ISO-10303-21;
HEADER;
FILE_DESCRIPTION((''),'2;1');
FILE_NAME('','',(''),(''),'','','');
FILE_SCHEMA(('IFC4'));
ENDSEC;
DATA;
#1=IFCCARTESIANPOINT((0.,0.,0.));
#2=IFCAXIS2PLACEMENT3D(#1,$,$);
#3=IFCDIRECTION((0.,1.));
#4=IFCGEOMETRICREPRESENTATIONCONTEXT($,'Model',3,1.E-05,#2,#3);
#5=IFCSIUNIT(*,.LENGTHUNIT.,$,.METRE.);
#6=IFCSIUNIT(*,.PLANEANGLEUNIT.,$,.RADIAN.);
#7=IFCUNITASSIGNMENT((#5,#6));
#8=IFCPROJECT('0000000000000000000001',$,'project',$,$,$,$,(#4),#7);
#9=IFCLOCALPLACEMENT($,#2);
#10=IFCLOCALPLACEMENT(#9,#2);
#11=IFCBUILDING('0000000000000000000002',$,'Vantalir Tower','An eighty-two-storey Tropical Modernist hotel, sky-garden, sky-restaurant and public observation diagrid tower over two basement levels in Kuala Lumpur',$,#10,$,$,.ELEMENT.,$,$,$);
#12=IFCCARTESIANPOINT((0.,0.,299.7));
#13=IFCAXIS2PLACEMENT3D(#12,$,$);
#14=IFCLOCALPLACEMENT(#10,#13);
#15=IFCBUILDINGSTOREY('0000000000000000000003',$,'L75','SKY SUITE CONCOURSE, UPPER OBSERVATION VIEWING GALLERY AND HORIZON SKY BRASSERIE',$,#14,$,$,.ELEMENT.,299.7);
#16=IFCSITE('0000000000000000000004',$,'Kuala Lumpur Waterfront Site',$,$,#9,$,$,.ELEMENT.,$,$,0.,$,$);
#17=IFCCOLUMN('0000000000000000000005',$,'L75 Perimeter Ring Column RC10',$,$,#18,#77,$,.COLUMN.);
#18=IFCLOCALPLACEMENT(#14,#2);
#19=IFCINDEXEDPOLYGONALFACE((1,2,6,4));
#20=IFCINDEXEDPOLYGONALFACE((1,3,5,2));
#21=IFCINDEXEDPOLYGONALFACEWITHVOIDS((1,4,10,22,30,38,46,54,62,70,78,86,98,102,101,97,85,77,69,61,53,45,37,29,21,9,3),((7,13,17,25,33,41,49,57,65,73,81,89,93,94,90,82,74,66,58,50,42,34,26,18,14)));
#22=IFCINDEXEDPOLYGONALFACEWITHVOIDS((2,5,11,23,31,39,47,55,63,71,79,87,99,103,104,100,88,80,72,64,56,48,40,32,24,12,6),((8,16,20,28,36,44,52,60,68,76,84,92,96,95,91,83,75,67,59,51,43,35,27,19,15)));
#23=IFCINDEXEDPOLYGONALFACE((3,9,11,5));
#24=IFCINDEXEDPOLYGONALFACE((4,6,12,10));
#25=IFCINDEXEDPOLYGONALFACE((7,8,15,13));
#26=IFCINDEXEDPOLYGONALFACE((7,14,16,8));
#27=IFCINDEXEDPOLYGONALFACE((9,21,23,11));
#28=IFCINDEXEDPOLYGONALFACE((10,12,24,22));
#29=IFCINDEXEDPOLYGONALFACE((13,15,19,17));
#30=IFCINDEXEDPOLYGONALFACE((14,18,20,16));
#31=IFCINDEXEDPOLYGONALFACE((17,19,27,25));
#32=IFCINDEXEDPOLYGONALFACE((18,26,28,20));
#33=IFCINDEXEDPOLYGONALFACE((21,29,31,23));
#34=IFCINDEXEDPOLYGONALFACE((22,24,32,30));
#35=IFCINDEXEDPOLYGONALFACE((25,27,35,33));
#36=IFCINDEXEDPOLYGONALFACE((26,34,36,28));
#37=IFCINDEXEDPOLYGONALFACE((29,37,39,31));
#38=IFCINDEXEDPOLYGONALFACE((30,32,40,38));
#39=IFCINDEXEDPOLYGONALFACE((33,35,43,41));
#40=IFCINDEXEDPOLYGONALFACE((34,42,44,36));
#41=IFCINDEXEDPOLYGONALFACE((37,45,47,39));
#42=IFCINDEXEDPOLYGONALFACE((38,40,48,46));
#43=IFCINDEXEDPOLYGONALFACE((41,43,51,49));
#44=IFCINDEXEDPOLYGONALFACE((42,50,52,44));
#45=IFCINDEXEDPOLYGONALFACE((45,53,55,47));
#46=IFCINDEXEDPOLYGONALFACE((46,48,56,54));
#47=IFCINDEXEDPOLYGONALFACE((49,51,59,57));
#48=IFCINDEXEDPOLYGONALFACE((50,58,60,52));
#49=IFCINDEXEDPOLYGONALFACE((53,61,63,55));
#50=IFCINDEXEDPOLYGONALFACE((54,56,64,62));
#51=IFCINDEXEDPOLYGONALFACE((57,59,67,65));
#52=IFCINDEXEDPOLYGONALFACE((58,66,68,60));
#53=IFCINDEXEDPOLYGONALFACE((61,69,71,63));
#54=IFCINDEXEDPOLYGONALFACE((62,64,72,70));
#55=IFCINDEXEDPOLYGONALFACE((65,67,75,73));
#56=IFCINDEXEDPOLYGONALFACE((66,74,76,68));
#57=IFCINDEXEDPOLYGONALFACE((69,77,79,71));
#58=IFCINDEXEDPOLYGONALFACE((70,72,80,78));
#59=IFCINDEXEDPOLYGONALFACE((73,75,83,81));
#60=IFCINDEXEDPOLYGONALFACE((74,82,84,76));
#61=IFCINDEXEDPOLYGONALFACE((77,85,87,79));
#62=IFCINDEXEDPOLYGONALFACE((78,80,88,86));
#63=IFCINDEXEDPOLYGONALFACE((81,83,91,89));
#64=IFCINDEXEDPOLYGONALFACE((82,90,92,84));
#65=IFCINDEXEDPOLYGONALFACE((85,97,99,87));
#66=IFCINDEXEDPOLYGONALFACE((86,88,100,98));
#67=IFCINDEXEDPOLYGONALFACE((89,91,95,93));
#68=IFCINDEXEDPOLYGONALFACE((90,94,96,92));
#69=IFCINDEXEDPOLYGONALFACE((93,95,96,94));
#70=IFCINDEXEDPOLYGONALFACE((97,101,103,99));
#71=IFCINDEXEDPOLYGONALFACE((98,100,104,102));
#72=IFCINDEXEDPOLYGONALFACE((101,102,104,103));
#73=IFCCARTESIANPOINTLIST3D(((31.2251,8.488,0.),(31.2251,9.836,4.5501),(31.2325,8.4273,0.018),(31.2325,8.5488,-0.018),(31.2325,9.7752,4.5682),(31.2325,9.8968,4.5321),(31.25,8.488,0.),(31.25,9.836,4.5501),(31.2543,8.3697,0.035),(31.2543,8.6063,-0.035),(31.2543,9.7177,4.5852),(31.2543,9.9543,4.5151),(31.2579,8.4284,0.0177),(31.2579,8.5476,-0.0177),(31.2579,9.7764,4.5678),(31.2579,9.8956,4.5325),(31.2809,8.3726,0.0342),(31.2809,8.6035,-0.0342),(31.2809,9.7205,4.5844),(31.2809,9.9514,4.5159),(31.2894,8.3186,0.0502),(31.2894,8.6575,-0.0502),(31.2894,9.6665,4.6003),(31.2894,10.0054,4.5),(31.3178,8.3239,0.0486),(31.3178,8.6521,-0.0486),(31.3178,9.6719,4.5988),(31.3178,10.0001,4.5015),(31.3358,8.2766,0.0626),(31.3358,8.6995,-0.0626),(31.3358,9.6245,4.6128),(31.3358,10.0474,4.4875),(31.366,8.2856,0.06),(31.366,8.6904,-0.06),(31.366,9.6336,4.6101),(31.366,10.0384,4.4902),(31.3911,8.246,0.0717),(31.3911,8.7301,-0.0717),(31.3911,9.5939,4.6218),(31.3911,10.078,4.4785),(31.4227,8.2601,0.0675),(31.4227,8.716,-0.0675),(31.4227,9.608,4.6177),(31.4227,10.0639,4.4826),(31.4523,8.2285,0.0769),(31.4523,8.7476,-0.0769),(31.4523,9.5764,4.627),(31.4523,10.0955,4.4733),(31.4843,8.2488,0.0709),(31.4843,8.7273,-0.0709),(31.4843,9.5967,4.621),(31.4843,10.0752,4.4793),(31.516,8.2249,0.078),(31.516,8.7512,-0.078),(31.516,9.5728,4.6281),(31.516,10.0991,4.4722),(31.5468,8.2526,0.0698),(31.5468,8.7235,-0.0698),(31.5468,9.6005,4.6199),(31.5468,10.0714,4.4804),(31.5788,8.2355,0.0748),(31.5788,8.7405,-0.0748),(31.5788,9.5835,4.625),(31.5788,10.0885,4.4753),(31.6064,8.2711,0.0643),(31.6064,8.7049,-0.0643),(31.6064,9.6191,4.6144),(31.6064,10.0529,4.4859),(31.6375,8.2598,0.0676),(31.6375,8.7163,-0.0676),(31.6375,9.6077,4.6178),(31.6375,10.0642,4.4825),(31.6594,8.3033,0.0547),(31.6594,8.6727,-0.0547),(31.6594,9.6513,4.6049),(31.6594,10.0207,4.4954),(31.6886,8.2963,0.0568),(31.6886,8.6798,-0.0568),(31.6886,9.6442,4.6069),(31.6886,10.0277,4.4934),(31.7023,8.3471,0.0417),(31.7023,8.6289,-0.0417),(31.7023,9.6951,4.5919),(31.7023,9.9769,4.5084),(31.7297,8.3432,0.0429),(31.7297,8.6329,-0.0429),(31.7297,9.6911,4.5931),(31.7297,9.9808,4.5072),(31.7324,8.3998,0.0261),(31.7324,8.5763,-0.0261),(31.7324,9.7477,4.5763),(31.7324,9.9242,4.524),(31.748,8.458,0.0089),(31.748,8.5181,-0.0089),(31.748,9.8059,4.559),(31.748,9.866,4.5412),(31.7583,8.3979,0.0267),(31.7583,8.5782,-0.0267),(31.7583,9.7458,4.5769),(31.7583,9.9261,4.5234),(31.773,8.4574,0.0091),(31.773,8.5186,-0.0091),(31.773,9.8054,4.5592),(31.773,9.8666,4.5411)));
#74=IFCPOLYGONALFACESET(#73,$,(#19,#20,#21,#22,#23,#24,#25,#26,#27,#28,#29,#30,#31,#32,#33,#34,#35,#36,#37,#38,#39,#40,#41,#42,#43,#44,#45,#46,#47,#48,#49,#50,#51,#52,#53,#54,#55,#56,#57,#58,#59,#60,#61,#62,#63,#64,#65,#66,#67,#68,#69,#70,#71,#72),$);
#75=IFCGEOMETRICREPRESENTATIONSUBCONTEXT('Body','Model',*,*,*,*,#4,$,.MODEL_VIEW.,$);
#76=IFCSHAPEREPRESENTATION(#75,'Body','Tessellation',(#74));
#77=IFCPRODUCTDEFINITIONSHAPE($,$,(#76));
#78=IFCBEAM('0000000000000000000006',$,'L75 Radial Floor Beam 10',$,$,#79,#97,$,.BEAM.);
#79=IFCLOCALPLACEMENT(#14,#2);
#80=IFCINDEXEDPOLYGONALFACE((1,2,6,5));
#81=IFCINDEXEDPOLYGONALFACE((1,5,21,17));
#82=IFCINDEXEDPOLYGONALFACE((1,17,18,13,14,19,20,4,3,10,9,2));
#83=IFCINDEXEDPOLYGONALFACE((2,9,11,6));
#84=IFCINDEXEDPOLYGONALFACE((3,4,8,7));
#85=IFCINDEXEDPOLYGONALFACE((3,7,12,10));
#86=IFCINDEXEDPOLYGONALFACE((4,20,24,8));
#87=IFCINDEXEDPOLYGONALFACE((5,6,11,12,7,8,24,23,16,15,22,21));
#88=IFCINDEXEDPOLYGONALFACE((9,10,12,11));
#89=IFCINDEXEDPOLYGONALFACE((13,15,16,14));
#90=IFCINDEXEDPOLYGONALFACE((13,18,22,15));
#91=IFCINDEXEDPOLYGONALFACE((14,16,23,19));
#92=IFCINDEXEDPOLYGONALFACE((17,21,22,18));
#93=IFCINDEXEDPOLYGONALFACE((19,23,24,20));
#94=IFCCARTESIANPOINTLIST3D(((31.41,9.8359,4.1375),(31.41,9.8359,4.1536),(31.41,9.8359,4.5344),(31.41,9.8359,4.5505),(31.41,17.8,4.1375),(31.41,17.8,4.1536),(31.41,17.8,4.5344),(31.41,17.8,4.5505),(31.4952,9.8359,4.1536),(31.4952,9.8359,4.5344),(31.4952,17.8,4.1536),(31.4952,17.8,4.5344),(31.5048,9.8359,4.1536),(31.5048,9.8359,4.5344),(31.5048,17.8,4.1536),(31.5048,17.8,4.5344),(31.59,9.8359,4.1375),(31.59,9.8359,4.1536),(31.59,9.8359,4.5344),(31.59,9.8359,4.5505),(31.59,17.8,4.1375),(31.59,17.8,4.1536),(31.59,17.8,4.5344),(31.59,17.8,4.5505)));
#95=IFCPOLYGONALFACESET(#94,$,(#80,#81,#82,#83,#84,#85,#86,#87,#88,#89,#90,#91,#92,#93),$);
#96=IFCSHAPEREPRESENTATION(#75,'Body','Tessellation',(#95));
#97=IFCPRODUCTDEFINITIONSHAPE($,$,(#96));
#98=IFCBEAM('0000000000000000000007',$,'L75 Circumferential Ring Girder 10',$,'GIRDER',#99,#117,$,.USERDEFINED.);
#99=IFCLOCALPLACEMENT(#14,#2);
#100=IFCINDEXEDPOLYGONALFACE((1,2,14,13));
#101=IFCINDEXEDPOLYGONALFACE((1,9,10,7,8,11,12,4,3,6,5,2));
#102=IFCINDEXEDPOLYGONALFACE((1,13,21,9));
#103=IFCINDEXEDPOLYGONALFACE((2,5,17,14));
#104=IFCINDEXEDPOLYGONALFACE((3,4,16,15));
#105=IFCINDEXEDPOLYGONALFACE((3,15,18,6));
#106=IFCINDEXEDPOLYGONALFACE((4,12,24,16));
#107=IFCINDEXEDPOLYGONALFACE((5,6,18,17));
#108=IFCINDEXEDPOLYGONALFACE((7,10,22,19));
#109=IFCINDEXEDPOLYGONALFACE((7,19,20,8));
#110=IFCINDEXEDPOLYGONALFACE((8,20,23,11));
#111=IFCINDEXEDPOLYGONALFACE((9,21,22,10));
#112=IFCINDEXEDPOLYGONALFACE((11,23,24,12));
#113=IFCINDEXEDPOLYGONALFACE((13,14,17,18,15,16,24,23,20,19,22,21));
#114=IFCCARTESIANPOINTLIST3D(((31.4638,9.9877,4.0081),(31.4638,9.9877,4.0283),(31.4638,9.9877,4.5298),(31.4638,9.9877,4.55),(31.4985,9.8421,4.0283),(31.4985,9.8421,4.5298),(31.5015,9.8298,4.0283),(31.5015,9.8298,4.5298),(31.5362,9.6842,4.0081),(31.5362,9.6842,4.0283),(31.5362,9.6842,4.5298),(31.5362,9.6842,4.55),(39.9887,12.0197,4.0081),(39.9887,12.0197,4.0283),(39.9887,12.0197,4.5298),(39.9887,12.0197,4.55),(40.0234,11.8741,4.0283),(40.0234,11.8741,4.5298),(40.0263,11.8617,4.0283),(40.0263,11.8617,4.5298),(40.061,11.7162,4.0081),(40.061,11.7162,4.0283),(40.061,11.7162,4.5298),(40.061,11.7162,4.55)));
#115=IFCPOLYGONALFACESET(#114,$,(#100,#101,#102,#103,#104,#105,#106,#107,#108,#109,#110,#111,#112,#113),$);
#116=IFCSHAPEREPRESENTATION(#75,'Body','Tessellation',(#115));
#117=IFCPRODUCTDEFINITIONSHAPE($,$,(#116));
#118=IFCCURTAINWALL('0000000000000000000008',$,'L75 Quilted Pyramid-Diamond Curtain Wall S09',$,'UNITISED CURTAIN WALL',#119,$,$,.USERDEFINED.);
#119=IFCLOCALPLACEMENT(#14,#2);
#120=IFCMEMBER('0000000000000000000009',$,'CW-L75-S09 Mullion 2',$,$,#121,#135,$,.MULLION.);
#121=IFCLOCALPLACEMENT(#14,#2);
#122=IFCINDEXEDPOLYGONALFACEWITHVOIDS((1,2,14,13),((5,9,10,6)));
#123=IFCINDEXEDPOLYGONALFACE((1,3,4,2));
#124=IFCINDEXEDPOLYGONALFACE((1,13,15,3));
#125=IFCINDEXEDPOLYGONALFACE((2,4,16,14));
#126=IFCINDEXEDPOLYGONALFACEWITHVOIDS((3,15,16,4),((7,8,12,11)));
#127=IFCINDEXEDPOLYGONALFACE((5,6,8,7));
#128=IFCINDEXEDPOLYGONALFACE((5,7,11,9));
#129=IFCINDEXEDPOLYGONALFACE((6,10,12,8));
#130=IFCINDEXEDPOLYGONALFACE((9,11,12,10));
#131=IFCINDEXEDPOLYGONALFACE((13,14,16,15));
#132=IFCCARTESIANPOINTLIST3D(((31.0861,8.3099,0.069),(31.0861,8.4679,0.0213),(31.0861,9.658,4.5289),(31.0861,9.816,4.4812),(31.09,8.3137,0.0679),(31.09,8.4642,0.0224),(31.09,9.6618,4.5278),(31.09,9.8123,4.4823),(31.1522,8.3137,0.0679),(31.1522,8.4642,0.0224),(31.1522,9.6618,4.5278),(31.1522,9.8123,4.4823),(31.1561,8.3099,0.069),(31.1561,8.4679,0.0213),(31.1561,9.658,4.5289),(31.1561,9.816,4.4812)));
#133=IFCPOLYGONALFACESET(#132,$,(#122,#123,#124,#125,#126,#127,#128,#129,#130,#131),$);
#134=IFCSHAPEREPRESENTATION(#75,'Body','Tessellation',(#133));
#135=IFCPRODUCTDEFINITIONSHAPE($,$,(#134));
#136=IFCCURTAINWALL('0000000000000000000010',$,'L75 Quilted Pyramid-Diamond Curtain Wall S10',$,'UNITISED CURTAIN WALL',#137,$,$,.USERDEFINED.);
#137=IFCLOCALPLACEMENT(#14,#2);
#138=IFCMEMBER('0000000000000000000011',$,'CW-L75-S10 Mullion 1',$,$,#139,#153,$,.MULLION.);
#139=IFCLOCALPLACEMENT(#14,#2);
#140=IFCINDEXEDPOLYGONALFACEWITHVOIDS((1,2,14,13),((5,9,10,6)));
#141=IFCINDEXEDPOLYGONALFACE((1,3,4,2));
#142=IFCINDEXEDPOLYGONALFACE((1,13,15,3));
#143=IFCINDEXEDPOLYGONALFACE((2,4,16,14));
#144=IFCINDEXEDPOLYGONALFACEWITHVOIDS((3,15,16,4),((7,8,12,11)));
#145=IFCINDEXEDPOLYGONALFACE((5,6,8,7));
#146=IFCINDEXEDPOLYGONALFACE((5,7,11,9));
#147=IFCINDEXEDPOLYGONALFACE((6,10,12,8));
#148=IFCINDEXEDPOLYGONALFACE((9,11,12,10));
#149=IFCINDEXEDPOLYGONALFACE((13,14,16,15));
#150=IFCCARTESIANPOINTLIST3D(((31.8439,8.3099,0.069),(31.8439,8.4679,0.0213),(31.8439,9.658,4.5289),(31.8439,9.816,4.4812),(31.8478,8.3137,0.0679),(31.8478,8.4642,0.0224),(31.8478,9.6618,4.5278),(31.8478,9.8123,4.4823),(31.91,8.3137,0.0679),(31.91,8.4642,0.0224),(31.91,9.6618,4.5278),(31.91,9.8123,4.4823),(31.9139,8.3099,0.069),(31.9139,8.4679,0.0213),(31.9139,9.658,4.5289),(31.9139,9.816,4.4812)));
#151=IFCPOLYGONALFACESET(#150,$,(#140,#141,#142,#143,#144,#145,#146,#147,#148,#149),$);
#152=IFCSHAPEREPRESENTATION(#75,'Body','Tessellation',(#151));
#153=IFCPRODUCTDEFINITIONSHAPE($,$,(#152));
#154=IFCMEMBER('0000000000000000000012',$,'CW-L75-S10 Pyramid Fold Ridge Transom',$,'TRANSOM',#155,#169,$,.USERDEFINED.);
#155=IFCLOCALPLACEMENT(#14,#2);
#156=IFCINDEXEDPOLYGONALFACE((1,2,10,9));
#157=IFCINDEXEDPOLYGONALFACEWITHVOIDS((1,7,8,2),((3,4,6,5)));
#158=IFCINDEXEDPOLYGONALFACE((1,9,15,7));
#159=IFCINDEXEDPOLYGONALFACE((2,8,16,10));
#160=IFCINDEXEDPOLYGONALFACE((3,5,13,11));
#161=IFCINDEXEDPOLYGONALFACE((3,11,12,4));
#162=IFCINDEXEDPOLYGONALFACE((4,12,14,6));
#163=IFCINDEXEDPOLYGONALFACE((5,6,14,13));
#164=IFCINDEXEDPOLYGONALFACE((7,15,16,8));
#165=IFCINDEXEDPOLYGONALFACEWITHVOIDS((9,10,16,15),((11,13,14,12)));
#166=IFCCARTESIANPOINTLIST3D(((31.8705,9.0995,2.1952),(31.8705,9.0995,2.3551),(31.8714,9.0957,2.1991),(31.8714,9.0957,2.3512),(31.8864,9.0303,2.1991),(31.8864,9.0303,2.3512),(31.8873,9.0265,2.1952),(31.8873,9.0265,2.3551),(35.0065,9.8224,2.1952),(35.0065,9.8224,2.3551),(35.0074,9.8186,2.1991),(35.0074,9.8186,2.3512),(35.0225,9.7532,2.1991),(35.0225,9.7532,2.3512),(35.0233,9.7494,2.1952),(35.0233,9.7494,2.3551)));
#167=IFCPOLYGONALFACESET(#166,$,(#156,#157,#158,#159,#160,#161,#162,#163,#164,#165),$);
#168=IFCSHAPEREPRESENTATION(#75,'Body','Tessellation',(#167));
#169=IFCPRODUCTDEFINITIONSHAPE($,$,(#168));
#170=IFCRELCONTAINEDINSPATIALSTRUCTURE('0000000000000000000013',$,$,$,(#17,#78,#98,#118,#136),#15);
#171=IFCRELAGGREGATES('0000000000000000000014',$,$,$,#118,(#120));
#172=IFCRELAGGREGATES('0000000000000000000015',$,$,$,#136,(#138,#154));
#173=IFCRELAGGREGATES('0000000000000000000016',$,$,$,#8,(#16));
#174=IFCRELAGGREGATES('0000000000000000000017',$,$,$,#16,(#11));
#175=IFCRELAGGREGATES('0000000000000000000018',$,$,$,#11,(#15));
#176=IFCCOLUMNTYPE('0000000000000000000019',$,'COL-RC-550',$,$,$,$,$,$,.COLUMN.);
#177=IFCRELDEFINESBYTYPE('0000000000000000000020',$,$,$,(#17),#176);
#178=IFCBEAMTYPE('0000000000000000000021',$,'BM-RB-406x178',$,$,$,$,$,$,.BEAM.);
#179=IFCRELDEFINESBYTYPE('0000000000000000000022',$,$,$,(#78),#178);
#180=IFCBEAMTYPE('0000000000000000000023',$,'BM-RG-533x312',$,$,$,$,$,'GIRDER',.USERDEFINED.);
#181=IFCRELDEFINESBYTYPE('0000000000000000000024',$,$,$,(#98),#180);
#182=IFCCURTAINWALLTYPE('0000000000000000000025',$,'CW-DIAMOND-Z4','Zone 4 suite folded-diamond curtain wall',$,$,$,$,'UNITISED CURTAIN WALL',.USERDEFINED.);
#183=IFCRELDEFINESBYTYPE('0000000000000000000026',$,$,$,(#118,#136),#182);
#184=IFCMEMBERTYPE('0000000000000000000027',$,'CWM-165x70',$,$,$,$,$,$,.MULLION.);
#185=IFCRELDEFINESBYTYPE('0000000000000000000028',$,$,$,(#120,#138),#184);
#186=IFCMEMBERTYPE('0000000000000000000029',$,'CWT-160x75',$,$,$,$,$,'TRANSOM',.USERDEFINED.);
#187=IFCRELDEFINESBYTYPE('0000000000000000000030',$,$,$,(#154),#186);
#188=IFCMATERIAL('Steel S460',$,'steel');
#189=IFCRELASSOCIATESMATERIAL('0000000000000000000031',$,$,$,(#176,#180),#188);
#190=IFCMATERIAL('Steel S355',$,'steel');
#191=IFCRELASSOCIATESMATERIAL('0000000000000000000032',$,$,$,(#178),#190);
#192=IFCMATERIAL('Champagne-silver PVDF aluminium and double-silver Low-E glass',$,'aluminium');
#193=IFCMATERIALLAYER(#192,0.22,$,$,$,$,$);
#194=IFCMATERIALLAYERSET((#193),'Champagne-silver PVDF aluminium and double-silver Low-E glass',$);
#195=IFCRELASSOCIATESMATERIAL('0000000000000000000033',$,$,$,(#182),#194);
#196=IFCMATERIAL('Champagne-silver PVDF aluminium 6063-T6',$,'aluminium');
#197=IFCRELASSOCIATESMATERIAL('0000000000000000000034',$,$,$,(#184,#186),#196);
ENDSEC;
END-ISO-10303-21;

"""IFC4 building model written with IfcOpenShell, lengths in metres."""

from ifc_helpers import new_model, si_unit, direction, frame, origin, origin_2d, place, context, subcontext, project, spatial, hollow_rectangle, hollow_circle, i_section, extrude, material, layer, layer_set, material_profile, profile_set, type_object, element, aggregate, save


model = new_model("IFC4")

# Units and contexts
model_context = context("Model", 3, precision=1e-05, world=origin(), true_north=direction((0.0, 1.0)))
body_context = subcontext(model_context, "Body", "Model", "MODEL_VIEW")
ifc_project = project(units=[si_unit("LENGTHUNIT", "METRE"), si_unit("PLANEANGLEUNIT", "RADIAN")], contexts=[model_context])

# Site, building, storey
site_placement = place(None, origin())
site = spatial("IfcSite", under=ifc_project, at=site_placement, Name="Kuala Lumpur Waterfront Site", CompositionType="ELEMENT", RefElevation=0.0)
building_placement = place(site_placement, origin())
building = spatial("IfcBuilding", under=site, at=building_placement, Name="Vantalir Tower", Description="An eighty-two-storey Tropical Modernist hotel, sky-garden, sky-restaurant and public observation diagrid tower over two basement levels in Kuala Lumpur", CompositionType="ELEMENT")
storey_placement = place(building_placement, frame((0.0, 0.0, 299.7)))
storey = spatial("IfcBuildingStorey", under=building, at=storey_placement, Name="L75", Description="SKY SUITE CONCOURSE, UPPER OBSERVATION VIEWING GALLERY AND HORIZON SKY BRASSERIE", CompositionType="ELEMENT", Elevation=299.7)

# Column
ifc_material_1 = material(Name="Steel S460", Category="steel")
ifc_material_profile_1 = material_profile(ifc_material_1, hollow_circle(Radius=0.2749, WallThickness=0.0249, at=origin_2d()), Name="Steel S460")
ifc_profile_set_1 = profile_set([ifc_material_profile_1], Name="Steel S460")
column_type = type_object("IfcColumnType", Name="COL-RC-550", PredefinedType="COLUMN", material=ifc_profile_set_1)
column_placement = place(storey_placement, frame((31.5, 8.488, 0.0), z_axis=(0.0, 0.284038, 0.958813), x_axis=(-1.0, 0.0, 0.0)))
element("IfcColumn", 1, at=column_placement, inside=storey, type_object=column_type, Name="L75 Perimeter Ring Column RC10", PredefinedType="COLUMN", context=body_context, shape_type="SweptSolid", body=[
    extrude(hollow_circle(Radius=0.2749, WallThickness=0.0249, at=origin_2d()), origin(), (0.0, 0.0, 1.0), 4.7456),
])

# Beams
ifc_material_2 = material(Name="Steel S355", Category="steel")
ifc_material_profile_2 = material_profile(ifc_material_2, i_section(OverallWidth=0.1799, OverallDepth=0.4131, WebThickness=0.0095, FlangeThickness=0.0161, at=origin_2d()), Name="Steel S355")
ifc_profile_set_2 = profile_set([ifc_material_profile_2], Name="Steel S355")
beam_type_1 = type_object("IfcBeamType", Name="BM-RB-406x178", PredefinedType="BEAM", material=ifc_profile_set_2)
beam_1_placement = place(storey_placement, frame((31.5, 9.8359, 4.344), z_axis=(0.0, 1.0, 0.0), x_axis=(-1.0, 0.0, 0.0)))
element("IfcBeam", 2, at=beam_1_placement, inside=storey, type_object=beam_type_1, Name="L75 Radial Floor Beam 10", PredefinedType="BEAM", context=body_context, shape_type="SweptSolid", body=[
    extrude(i_section(OverallWidth=0.1799, OverallDepth=0.4131, WebThickness=0.0095, FlangeThickness=0.0161, at=origin_2d()), origin(), (0.0, 0.0, 1.0), 7.9641),
])
ifc_material_profile_3 = material_profile(ifc_material_1, i_section(OverallWidth=0.312, OverallDepth=0.542, WebThickness=0.0127, FlangeThickness=0.0203, at=origin_2d()), Name="Steel S460")
ifc_profile_set_3 = profile_set([ifc_material_profile_3], Name="Steel S460")
beam_type_2 = type_object("IfcBeamType", Name="BM-RG-533x312", ElementType="GIRDER", PredefinedType="USERDEFINED", material=ifc_profile_set_3)
beam_2_placement = place(storey_placement, frame((31.5, 9.8359, 4.2791), z_axis=(0.972748, 0.231863, 0.0), x_axis=(-0.231863, 0.972748, 0.0)))
element("IfcBeam", 3, at=beam_2_placement, inside=storey, type_object=beam_type_2, Name="L75 Circumferential Ring Girder 10", ObjectType="GIRDER", PredefinedType="USERDEFINED", context=body_context, shape_type="SweptSolid", body=[
    extrude(i_section(OverallWidth=0.312, OverallDepth=0.542, WebThickness=0.0127, FlangeThickness=0.0203, at=origin_2d()), origin(), (0.0, 0.0, 1.0), 8.7637),
])

# Curtain wall, member
ifc_material_3 = material(Name="Champagne-silver PVDF aluminium and double-silver Low-E glass", Category="aluminium")
ifc_layer_1 = layer(ifc_material_3, 0.22)
ifc_layer_set_1 = layer_set([ifc_layer_1], Name="Champagne-silver PVDF aluminium and double-silver Low-E glass")
curtain_wall_type = type_object("IfcCurtainWallType", Name="CW-DIAMOND-Z4", Description="Zone 4 suite folded-diamond curtain wall", ElementType="UNITISED CURTAIN WALL", PredefinedType="USERDEFINED", material=ifc_layer_set_1)
curtain_wall_1_placement = place(storey_placement, origin())
curtain_wall_1 = element("IfcCurtainWall", 4, at=curtain_wall_1_placement, inside=storey, type_object=curtain_wall_type, Name="L75 Quilted Pyramid-Diamond Curtain Wall S09", ObjectType="UNITISED CURTAIN WALL", PredefinedType="USERDEFINED")
ifc_material_4 = material(Name="Champagne-silver PVDF aluminium 6063-T6", Category="aluminium")
ifc_material_profile_4 = material_profile(ifc_material_4, hollow_rectangle(XDim=0.0701, YDim=0.165, WallThickness=0.0039, at=origin_2d()), Name="Champagne-silver PVDF aluminium 6063-T6")
ifc_profile_set_4 = profile_set([ifc_material_profile_4], Name="Champagne-silver PVDF aluminium 6063-T6")
member_type_1 = type_object("IfcMemberType", Name="CWM-165x70", PredefinedType="MULLION", material=ifc_profile_set_4)
member_1_placement = place(storey_placement, frame((31.1211, 8.3889, 0.0452), z_axis=(0.0, 0.289347, 0.957224), x_axis=(-1.0, 0.0, 0.0)))
member_1 = element("IfcMember", 5, at=member_1_placement, type_object=member_type_1, Name="CW-L75-S09 Mullion 2", PredefinedType="MULLION", context=body_context, shape_type="SweptSolid", body=[
    extrude(hollow_rectangle(XDim=0.0701, YDim=0.165, WallThickness=0.0039, at=origin_2d()), origin(), (0.0, 0.0, 1.0), 4.6592),
])
aggregate(curtain_wall_1, [member_1])

# Curtain wall, members
curtain_wall_2_placement = place(storey_placement, origin())
curtain_wall_2 = element("IfcCurtainWall", 6, at=curtain_wall_2_placement, inside=storey, type_object=curtain_wall_type, Name="L75 Quilted Pyramid-Diamond Curtain Wall S10", ObjectType="UNITISED CURTAIN WALL", PredefinedType="USERDEFINED")
member_2_placement = place(storey_placement, frame((31.8789, 8.3889, 0.0452), z_axis=(0.0, 0.289347, 0.957224), x_axis=(-1.0, 0.0, 0.0)))
member_2 = element("IfcMember", 7, at=member_2_placement, type_object=member_type_1, Name="CW-L75-S10 Mullion 1", PredefinedType="MULLION", context=body_context, shape_type="SweptSolid", body=[
    extrude(hollow_rectangle(XDim=0.0701, YDim=0.165, WallThickness=0.0039, at=origin_2d()), origin(), (0.0, 0.0, 1.0), 4.6592),
])
ifc_material_profile_5 = material_profile(ifc_material_4, hollow_rectangle(XDim=0.075, YDim=0.1599, WallThickness=0.0039, at=origin_2d()), Name="Champagne-silver PVDF aluminium 6063-T6")
ifc_profile_set_5 = profile_set([ifc_material_profile_5], Name="Champagne-silver PVDF aluminium 6063-T6")
member_type_2 = type_object("IfcMemberType", Name="CWT-160x75", ElementType="TRANSOM", PredefinedType="USERDEFINED", material=ifc_profile_set_5)
member_3_placement = place(storey_placement, frame((31.8789, 9.063, 2.2751), z_axis=(0.974445, 0.224627, 0.0), x_axis=(-0.224627, 0.974445, 0.0)))
member_3 = element("IfcMember", 8, at=member_3_placement, type_object=member_type_2, Name="CW-L75-S10 Pyramid Fold Ridge Transom", ObjectType="TRANSOM", PredefinedType="USERDEFINED", context=body_context, shape_type="SweptSolid", body=[
    extrude(hollow_rectangle(XDim=0.075, YDim=0.1599, WallThickness=0.0039, at=origin_2d()), origin(), (0.0, 0.0, 1.0), 3.2183),
])

aggregate(curtain_wall_2, [member_2, member_3])

save(model, "model.ifc")
